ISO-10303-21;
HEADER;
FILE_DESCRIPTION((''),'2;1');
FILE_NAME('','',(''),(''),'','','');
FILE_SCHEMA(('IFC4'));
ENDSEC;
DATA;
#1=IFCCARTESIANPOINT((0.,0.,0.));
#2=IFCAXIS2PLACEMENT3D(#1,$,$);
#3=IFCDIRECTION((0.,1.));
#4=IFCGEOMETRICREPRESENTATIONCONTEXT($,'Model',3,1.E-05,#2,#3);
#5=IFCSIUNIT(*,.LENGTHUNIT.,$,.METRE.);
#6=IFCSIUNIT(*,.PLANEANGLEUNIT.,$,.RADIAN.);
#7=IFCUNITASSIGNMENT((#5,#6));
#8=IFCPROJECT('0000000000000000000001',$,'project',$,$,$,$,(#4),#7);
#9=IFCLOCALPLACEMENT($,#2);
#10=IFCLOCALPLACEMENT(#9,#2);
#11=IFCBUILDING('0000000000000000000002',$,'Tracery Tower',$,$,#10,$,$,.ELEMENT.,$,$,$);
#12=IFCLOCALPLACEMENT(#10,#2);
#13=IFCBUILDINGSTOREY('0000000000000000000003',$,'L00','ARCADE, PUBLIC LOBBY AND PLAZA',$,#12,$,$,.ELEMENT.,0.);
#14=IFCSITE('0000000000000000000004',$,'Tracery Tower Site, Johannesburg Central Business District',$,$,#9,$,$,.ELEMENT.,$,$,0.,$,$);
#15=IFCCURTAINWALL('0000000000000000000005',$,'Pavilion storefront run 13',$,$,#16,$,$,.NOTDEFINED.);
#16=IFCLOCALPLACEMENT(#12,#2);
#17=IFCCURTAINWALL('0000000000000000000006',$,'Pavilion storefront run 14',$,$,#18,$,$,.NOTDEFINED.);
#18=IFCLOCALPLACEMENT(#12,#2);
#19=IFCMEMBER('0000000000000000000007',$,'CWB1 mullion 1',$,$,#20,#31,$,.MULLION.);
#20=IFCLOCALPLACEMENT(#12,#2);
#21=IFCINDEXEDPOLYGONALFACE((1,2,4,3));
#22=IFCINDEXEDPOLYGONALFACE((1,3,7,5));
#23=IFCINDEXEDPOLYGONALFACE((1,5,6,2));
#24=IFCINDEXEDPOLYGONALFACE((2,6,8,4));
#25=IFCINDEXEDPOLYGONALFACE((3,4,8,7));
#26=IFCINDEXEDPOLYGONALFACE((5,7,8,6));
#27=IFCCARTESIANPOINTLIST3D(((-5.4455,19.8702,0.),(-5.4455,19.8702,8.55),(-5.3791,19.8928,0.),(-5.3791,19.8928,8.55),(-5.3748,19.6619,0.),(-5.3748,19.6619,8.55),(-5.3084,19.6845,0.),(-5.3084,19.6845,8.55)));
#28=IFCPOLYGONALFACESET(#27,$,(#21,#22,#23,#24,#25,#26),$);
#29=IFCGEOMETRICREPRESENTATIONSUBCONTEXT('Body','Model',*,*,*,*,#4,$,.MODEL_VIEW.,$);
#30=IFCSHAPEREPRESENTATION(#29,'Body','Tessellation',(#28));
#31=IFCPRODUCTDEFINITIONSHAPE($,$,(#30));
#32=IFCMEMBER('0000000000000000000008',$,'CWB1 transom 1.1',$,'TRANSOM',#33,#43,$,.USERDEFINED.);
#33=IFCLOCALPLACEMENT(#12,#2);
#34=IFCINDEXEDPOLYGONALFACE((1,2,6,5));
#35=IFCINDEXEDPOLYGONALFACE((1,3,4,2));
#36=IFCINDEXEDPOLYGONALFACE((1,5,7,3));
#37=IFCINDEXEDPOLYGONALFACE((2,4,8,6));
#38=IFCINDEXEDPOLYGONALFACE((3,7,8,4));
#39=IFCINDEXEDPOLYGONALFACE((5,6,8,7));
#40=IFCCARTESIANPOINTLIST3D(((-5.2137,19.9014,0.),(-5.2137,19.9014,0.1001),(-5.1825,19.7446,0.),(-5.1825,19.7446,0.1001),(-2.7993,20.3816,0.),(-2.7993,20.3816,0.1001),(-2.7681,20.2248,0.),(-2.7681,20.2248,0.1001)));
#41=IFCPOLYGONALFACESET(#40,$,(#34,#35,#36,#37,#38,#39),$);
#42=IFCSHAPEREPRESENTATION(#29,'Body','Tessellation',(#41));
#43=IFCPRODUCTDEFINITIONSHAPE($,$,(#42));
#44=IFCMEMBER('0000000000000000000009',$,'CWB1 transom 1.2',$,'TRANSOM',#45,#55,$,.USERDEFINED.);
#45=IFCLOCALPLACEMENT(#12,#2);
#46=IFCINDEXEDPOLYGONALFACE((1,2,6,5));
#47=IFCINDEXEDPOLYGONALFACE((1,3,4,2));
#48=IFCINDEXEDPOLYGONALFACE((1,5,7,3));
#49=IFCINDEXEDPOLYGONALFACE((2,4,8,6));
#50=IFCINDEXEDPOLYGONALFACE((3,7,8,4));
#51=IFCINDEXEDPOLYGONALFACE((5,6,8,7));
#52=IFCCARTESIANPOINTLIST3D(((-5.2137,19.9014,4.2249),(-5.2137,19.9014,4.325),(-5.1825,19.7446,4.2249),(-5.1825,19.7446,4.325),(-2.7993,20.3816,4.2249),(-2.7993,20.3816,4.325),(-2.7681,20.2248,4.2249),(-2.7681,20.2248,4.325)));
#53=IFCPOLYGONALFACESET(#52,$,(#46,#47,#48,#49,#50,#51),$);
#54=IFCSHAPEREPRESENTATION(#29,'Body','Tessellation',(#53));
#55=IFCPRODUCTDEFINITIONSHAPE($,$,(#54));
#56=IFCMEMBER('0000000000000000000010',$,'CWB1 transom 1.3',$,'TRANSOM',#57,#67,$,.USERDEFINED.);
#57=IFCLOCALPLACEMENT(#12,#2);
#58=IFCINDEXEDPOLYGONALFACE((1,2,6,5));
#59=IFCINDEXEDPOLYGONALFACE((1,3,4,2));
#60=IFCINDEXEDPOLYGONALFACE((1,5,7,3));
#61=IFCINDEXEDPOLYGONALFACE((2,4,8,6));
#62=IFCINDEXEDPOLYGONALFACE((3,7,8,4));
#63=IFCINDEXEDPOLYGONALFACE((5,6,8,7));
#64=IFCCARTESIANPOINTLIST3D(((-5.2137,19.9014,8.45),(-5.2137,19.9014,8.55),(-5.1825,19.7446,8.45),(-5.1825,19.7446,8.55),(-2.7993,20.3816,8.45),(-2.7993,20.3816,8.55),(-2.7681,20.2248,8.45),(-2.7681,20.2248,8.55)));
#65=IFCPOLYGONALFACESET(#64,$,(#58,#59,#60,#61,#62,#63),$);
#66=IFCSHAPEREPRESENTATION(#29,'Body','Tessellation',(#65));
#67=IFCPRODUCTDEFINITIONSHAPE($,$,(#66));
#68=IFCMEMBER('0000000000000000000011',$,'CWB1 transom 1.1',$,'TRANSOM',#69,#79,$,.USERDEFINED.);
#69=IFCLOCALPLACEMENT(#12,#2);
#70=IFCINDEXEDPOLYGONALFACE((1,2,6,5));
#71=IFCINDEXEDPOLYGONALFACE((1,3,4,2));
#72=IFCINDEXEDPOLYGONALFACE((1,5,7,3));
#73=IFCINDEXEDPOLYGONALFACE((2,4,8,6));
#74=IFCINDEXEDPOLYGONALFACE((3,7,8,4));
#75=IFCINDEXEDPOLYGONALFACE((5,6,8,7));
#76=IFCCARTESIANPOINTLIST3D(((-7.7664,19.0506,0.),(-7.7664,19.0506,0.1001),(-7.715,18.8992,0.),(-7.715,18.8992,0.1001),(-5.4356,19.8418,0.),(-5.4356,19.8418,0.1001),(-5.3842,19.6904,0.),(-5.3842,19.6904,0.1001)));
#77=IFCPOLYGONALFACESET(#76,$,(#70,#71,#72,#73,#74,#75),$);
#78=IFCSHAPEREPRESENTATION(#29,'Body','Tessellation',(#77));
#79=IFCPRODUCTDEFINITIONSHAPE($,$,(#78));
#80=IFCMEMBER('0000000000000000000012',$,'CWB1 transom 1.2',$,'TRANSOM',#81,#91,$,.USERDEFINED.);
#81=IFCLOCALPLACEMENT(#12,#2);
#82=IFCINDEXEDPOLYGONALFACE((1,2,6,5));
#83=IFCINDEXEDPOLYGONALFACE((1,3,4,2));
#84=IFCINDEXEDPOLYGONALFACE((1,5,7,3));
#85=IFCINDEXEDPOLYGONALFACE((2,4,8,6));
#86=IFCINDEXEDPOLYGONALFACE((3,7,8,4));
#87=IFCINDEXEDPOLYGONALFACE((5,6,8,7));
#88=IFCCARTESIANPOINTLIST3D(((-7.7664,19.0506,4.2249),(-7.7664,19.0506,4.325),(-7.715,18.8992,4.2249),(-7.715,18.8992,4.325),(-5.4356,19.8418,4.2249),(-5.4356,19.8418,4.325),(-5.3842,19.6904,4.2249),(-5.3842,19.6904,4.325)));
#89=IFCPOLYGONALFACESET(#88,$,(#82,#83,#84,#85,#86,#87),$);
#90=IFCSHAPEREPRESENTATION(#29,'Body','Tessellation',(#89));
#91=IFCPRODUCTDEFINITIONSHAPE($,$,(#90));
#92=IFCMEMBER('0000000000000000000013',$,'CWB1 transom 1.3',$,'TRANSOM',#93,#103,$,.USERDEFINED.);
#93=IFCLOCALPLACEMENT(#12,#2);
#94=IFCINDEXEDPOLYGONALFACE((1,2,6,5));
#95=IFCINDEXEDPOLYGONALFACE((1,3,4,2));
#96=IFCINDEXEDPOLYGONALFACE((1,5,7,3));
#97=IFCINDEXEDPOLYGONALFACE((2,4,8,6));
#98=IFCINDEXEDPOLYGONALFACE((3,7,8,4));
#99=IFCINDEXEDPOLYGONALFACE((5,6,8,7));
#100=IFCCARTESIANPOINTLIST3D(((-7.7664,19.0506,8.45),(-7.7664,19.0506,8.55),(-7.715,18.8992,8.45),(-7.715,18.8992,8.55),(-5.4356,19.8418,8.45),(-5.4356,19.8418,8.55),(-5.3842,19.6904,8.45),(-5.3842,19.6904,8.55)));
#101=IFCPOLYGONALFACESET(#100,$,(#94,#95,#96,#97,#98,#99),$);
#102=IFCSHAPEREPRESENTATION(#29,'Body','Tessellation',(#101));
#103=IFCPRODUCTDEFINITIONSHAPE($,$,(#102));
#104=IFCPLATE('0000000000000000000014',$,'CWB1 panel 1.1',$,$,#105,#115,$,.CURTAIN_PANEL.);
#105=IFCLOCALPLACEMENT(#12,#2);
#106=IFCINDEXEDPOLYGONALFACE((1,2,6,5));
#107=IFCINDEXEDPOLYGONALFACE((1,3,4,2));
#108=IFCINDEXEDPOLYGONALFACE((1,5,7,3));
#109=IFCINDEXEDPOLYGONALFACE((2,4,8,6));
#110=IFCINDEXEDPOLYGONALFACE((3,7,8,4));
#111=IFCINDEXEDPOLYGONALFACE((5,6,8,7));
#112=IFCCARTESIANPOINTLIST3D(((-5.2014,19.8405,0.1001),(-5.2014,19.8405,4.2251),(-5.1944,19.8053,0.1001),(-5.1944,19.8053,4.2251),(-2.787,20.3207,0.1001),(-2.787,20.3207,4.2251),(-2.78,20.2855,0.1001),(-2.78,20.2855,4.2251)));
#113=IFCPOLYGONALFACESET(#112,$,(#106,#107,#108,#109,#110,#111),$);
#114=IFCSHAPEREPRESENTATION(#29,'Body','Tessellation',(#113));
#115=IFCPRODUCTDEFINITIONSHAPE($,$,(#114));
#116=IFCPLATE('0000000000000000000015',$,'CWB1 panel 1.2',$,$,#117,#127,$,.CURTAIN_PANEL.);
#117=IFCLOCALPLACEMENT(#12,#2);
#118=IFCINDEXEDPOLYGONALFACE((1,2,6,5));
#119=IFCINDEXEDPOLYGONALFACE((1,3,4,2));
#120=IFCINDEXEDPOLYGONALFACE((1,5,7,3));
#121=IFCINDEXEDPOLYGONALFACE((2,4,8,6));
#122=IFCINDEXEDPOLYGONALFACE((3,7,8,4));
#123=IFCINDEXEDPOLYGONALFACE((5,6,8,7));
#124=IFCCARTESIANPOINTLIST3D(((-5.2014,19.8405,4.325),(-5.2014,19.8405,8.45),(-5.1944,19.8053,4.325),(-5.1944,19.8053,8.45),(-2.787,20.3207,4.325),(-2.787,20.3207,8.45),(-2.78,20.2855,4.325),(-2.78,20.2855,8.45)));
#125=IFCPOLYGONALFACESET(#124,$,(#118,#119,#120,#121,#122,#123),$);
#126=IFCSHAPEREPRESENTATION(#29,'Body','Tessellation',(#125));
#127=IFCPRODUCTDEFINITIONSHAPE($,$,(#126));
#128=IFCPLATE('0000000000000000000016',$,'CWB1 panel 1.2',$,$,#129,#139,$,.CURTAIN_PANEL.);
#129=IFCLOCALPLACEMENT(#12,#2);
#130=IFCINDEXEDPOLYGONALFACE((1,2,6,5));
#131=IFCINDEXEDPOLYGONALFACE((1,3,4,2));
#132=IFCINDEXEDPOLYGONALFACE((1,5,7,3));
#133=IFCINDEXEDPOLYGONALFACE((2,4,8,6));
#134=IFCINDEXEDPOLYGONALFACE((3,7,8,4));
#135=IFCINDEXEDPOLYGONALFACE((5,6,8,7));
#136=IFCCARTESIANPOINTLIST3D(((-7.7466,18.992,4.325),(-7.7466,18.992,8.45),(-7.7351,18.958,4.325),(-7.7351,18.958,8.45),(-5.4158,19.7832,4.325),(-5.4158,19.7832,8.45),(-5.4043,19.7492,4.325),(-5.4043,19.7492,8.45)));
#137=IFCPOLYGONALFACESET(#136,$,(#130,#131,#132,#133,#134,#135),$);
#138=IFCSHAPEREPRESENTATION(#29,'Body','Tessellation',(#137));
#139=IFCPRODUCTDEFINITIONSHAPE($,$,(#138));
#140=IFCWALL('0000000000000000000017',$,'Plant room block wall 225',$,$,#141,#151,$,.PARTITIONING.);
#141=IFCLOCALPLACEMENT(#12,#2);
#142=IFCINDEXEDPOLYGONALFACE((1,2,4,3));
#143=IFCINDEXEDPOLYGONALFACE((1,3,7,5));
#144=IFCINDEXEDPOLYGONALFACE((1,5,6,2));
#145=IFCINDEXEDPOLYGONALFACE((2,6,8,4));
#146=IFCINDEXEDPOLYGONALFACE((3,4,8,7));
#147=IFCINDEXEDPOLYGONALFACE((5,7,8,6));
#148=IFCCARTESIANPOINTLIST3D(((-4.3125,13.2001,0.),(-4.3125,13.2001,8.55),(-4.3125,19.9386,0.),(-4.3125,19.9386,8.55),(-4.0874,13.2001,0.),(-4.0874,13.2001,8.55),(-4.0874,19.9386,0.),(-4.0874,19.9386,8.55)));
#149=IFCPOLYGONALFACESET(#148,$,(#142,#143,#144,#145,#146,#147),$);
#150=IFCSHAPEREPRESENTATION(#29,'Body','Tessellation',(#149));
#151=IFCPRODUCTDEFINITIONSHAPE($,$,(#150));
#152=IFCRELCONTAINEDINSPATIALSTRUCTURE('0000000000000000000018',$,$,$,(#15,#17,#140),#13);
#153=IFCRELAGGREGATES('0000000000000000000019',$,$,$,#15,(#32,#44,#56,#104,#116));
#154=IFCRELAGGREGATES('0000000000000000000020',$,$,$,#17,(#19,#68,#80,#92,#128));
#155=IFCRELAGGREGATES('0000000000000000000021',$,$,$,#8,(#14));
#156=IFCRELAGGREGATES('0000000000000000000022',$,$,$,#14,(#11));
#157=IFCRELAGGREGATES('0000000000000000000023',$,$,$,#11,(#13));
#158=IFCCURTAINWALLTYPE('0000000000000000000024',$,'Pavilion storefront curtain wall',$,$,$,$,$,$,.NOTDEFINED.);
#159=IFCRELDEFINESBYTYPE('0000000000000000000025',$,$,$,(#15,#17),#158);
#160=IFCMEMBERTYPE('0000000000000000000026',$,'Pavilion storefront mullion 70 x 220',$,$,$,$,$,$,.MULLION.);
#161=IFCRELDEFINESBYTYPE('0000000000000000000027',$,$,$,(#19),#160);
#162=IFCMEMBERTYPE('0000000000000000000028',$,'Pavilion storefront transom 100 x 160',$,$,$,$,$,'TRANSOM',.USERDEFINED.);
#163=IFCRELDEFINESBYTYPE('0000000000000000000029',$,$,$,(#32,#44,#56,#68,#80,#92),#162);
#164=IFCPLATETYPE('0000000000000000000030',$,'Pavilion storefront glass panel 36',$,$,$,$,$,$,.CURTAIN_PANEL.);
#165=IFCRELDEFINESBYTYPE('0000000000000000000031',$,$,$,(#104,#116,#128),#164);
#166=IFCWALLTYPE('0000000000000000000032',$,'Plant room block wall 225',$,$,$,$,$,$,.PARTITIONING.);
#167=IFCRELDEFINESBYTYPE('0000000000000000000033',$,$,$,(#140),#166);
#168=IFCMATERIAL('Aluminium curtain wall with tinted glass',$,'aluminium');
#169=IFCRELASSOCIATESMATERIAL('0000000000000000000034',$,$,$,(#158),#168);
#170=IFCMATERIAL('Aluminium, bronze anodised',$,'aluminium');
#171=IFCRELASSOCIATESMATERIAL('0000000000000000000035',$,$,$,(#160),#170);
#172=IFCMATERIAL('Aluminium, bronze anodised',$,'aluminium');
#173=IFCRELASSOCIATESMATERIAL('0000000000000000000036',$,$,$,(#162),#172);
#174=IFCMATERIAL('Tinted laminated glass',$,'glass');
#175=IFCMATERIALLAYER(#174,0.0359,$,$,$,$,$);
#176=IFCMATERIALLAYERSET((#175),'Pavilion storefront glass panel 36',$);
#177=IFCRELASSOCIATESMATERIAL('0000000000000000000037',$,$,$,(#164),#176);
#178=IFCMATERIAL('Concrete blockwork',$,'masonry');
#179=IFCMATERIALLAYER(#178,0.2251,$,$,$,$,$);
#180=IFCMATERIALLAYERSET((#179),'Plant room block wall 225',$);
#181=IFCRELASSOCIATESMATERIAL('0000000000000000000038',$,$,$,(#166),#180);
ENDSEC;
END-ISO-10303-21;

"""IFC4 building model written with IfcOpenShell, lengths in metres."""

from ifc_helpers import new_model, si_unit, direction, frame, frame_2d, origin, origin_2d, place, context, subcontext, project, spatial, rectangle, extrude, material, layer, layer_set, material_profile, profile_set, type_object, element, aggregate, save


model = new_model("IFC4")

# Units and contexts
model_context = context("Model", 3, precision=1e-05, world=origin(), true_north=direction((0.0, 1.0)))
body_context = subcontext(model_context, "Body", "Model", "MODEL_VIEW")
ifc_project = project(units=[si_unit("LENGTHUNIT", "METRE"), si_unit("PLANEANGLEUNIT", "RADIAN")], contexts=[model_context])

# Site, building, storey
site_placement = place(None, origin())
site = spatial("IfcSite", under=ifc_project, at=site_placement, Name="Tracery Tower Site, Johannesburg Central Business District", CompositionType="ELEMENT", RefElevation=0.0)
building_placement = place(site_placement, origin())
building = spatial("IfcBuilding", under=site, at=building_placement, Name="Tracery Tower", CompositionType="ELEMENT")
storey_placement = place(building_placement, origin())
storey = spatial("IfcBuildingStorey", under=building, at=storey_placement, Name="L00", Description="ARCADE, PUBLIC LOBBY AND PLAZA", CompositionType="ELEMENT", Elevation=0.0)

# Curtain wall
ifc_material_1 = material(Name="Aluminium curtain wall with tinted glass", Category="aluminium")
curtain_wall_type = type_object("IfcCurtainWallType", Name="Pavilion storefront curtain wall", PredefinedType="NOTDEFINED", material=ifc_material_1)
curtain_wall_1_placement = place(storey_placement, origin())
curtain_wall_1 = element("IfcCurtainWall", 1, at=curtain_wall_1_placement, inside=storey, type_object=curtain_wall_type, Name="Pavilion storefront run 13", PredefinedType="NOTDEFINED")
ifc_material_2 = material(Name="Aluminium, bronze anodised", Category="aluminium")
ifc_material_profile_1 = material_profile(ifc_material_2, rectangle(XDim=0.22, YDim=0.0701, at=origin_2d()), Name="Pavilion storefront mullion 70 x 220")
ifc_profile_set_1 = profile_set([ifc_material_profile_1], Name="Aluminium, bronze anodised")
member_type_1 = type_object("IfcMemberType", Name="Pavilion storefront mullion 70 x 220", PredefinedType="MULLION", material=ifc_profile_set_1)

# Curtain wall, member
curtain_wall_2_placement = place(storey_placement, origin())
curtain_wall_2 = element("IfcCurtainWall", 2, at=curtain_wall_2_placement, inside=storey, type_object=curtain_wall_type, Name="Pavilion storefront run 14", PredefinedType="NOTDEFINED")
member_1_placement = place(storey_placement, frame((-5.377, 19.7773, 0.0), z_axis=(0.0, 0.0, 1.0), x_axis=(0.321435, -0.946931, 0.0)))
member_1 = element("IfcMember", 3, at=member_1_placement, type_object=member_type_1, Name="CWB1 mullion 1", PredefinedType="MULLION", context=body_context, shape_type="SweptSolid", body=[
    extrude(rectangle(XDim=0.22, YDim=0.0701, at=origin_2d()), origin(), (0.0, 0.0, 1.0), 8.55),
])

# Members
ifc_material_3 = material(Name="Aluminium, bronze anodised", Category="aluminium")
ifc_material_profile_2 = material_profile(ifc_material_3, rectangle(XDim=0.1599, YDim=0.1001, at=origin_2d()), Name="Pavilion storefront transom 100 x 160")
ifc_profile_set_2 = profile_set([ifc_material_profile_2], Name="Aluminium, bronze anodised")
member_type_2 = type_object("IfcMemberType", Name="Pavilion storefront transom 100 x 160", ElementType="TRANSOM", PredefinedType="USERDEFINED", material=ifc_profile_set_2)
member_2_placement = place(storey_placement, frame((-2.7837, 20.3032, 0.05), z_axis=(-0.980786, -0.195086, 0.0), x_axis=(0.195086, -0.980786, 0.0)))
member_2 = element("IfcMember", 4, at=member_2_placement, type_object=member_type_2, Name="CWB1 transom 1.1", ObjectType="TRANSOM", PredefinedType="USERDEFINED", context=body_context, shape_type="SweptSolid", body=[
    extrude(rectangle(XDim=0.1599, YDim=0.1001, at=origin_2d()), origin(), (0.0, 0.0, 1.0), 2.4617),
])
member_3_placement = place(storey_placement, frame((-2.7837, 20.3032, 4.2749), z_axis=(-0.980786, -0.195086, 0.0), x_axis=(0.195086, -0.980786, 0.0)))
member_3 = element("IfcMember", 5, at=member_3_placement, type_object=member_type_2, Name="CWB1 transom 1.2", ObjectType="TRANSOM", PredefinedType="USERDEFINED", context=body_context, shape_type="SweptSolid", body=[
    extrude(rectangle(XDim=0.1599, YDim=0.1001, at=origin_2d()), origin(), (0.0, 0.0, 1.0), 2.4617),
])
member_4_placement = place(storey_placement, frame((-2.7837, 20.3032, 8.5), z_axis=(-0.980786, -0.195086, 0.0), x_axis=(0.195086, -0.980786, 0.0)))
member_4 = element("IfcMember", 6, at=member_4_placement, type_object=member_type_2, Name="CWB1 transom 1.3", ObjectType="TRANSOM", PredefinedType="USERDEFINED", context=body_context, shape_type="SweptSolid", body=[
    extrude(rectangle(XDim=0.1599, YDim=0.1001, at=origin_2d()), origin(), (0.0, 0.0, 1.0), 2.4617),
])
member_5_placement = place(storey_placement, frame((-5.4099, 19.7661, 0.05), z_axis=(-0.946923, -0.32146, 0.0), x_axis=(0.32146, -0.946923, 0.0)))
member_5 = element("IfcMember", 7, at=member_5_placement, type_object=member_type_2, Name="CWB1 transom 1.1", ObjectType="TRANSOM", PredefinedType="USERDEFINED", context=body_context, shape_type="SweptSolid", body=[
    extrude(rectangle(XDim=0.1599, YDim=0.1001, at=origin_2d()), origin(), (0.0, 0.0, 1.0), 2.4614),
])
member_6_placement = place(storey_placement, frame((-5.4099, 19.7661, 4.2749), z_axis=(-0.946923, -0.32146, 0.0), x_axis=(0.32146, -0.946923, 0.0)))
member_6 = element("IfcMember", 8, at=member_6_placement, type_object=member_type_2, Name="CWB1 transom 1.2", ObjectType="TRANSOM", PredefinedType="USERDEFINED", context=body_context, shape_type="SweptSolid", body=[
    extrude(rectangle(XDim=0.1599, YDim=0.1001, at=origin_2d()), origin(), (0.0, 0.0, 1.0), 2.4614),
])
member_7_placement = place(storey_placement, frame((-5.4099, 19.7661, 8.5), z_axis=(-0.946923, -0.32146, 0.0), x_axis=(0.32146, -0.946923, 0.0)))
member_7 = element("IfcMember", 9, at=member_7_placement, type_object=member_type_2, Name="CWB1 transom 1.3", ObjectType="TRANSOM", PredefinedType="USERDEFINED", context=body_context, shape_type="SweptSolid", body=[
    extrude(rectangle(XDim=0.1599, YDim=0.1001, at=origin_2d()), origin(), (0.0, 0.0, 1.0), 2.4614),
])

# Plates
ifc_material_4 = material(Name="Tinted laminated glass", Category="glass")
ifc_layer_1 = layer(ifc_material_4, 0.0359)
ifc_layer_set_1 = layer_set([ifc_layer_1], Name="Pavilion storefront glass panel 36")
plate_type = type_object("IfcPlateType", Name="Pavilion storefront glass panel 36", PredefinedType="CURTAIN_PANEL", material=ifc_layer_set_1)
plate_1_placement = place(storey_placement, frame((-3.9907, 20.063, 0.1001), z_axis=(0.0, 0.0, 1.0), x_axis=(-0.980789, -0.195074, 0.0)))
plate_1 = element("IfcPlate", 10, at=plate_1_placement, type_object=plate_type, Name="CWB1 panel 1.1", PredefinedType="CURTAIN_PANEL", context=body_context, shape_type="SweptSolid", body=[
    extrude(rectangle(XDim=2.4617, YDim=0.0359, at=origin_2d()), origin(), (0.0, 0.0, 1.0), 4.125),
])
plate_2_placement = place(storey_placement, frame((-3.9907, 20.063, 4.325), z_axis=(0.0, 0.0, 1.0), x_axis=(-0.980789, -0.195074, 0.0)))
plate_2 = element("IfcPlate", 11, at=plate_2_placement, type_object=plate_type, Name="CWB1 panel 1.2", PredefinedType="CURTAIN_PANEL", context=body_context, shape_type="SweptSolid", body=[
    extrude(rectangle(XDim=2.4617, YDim=0.0359, at=origin_2d()), origin(), (0.0, 0.0, 1.0), 4.125),
])
aggregate(curtain_wall_1, [member_2, member_3, member_4, plate_1, plate_2])
plate_3_placement = place(storey_placement, frame((-6.5754, 19.3706, 4.325), z_axis=(0.0, 0.0, 1.0), x_axis=(-0.946931, -0.321435, 0.0)))
plate_3 = element("IfcPlate", 12, at=plate_3_placement, type_object=plate_type, Name="CWB1 panel 1.2", PredefinedType="CURTAIN_PANEL", context=body_context, shape_type="SweptSolid", body=[
    extrude(rectangle(XDim=2.4614, YDim=0.0359, at=origin_2d()), origin(), (0.0, 0.0, 1.0), 4.125),
])
aggregate(curtain_wall_2, [member_1, member_5, member_6, member_7, plate_3])

# Wall
ifc_material_5 = material(Name="Concrete blockwork", Category="masonry")
ifc_layer_2 = layer(ifc_material_5, 0.2251)
ifc_layer_set_2 = layer_set([ifc_layer_2], Name="Plant room block wall 225")
wall_type = type_object("IfcWallType", Name="Plant room block wall 225", PredefinedType="PARTITIONING", material=ifc_layer_set_2)
wall_placement = place(storey_placement, frame((-4.2, 19.9385, 0.0), z_axis=(0.0, 0.0, 1.0), x_axis=(0.0, -1.0, 0.0)))
element("IfcWall", 13, at=wall_placement, inside=storey, type_object=wall_type, Name="Plant room block wall 225", PredefinedType="PARTITIONING", context=body_context, shape_type="SweptSolid", body=[
    extrude(rectangle(XDim=6.7385, YDim=0.2251, at=frame_2d((3.3691, 0.0))), origin(), (0.0, 0.0, 1.0), 8.55),
])

save(model, "model.ifc")
